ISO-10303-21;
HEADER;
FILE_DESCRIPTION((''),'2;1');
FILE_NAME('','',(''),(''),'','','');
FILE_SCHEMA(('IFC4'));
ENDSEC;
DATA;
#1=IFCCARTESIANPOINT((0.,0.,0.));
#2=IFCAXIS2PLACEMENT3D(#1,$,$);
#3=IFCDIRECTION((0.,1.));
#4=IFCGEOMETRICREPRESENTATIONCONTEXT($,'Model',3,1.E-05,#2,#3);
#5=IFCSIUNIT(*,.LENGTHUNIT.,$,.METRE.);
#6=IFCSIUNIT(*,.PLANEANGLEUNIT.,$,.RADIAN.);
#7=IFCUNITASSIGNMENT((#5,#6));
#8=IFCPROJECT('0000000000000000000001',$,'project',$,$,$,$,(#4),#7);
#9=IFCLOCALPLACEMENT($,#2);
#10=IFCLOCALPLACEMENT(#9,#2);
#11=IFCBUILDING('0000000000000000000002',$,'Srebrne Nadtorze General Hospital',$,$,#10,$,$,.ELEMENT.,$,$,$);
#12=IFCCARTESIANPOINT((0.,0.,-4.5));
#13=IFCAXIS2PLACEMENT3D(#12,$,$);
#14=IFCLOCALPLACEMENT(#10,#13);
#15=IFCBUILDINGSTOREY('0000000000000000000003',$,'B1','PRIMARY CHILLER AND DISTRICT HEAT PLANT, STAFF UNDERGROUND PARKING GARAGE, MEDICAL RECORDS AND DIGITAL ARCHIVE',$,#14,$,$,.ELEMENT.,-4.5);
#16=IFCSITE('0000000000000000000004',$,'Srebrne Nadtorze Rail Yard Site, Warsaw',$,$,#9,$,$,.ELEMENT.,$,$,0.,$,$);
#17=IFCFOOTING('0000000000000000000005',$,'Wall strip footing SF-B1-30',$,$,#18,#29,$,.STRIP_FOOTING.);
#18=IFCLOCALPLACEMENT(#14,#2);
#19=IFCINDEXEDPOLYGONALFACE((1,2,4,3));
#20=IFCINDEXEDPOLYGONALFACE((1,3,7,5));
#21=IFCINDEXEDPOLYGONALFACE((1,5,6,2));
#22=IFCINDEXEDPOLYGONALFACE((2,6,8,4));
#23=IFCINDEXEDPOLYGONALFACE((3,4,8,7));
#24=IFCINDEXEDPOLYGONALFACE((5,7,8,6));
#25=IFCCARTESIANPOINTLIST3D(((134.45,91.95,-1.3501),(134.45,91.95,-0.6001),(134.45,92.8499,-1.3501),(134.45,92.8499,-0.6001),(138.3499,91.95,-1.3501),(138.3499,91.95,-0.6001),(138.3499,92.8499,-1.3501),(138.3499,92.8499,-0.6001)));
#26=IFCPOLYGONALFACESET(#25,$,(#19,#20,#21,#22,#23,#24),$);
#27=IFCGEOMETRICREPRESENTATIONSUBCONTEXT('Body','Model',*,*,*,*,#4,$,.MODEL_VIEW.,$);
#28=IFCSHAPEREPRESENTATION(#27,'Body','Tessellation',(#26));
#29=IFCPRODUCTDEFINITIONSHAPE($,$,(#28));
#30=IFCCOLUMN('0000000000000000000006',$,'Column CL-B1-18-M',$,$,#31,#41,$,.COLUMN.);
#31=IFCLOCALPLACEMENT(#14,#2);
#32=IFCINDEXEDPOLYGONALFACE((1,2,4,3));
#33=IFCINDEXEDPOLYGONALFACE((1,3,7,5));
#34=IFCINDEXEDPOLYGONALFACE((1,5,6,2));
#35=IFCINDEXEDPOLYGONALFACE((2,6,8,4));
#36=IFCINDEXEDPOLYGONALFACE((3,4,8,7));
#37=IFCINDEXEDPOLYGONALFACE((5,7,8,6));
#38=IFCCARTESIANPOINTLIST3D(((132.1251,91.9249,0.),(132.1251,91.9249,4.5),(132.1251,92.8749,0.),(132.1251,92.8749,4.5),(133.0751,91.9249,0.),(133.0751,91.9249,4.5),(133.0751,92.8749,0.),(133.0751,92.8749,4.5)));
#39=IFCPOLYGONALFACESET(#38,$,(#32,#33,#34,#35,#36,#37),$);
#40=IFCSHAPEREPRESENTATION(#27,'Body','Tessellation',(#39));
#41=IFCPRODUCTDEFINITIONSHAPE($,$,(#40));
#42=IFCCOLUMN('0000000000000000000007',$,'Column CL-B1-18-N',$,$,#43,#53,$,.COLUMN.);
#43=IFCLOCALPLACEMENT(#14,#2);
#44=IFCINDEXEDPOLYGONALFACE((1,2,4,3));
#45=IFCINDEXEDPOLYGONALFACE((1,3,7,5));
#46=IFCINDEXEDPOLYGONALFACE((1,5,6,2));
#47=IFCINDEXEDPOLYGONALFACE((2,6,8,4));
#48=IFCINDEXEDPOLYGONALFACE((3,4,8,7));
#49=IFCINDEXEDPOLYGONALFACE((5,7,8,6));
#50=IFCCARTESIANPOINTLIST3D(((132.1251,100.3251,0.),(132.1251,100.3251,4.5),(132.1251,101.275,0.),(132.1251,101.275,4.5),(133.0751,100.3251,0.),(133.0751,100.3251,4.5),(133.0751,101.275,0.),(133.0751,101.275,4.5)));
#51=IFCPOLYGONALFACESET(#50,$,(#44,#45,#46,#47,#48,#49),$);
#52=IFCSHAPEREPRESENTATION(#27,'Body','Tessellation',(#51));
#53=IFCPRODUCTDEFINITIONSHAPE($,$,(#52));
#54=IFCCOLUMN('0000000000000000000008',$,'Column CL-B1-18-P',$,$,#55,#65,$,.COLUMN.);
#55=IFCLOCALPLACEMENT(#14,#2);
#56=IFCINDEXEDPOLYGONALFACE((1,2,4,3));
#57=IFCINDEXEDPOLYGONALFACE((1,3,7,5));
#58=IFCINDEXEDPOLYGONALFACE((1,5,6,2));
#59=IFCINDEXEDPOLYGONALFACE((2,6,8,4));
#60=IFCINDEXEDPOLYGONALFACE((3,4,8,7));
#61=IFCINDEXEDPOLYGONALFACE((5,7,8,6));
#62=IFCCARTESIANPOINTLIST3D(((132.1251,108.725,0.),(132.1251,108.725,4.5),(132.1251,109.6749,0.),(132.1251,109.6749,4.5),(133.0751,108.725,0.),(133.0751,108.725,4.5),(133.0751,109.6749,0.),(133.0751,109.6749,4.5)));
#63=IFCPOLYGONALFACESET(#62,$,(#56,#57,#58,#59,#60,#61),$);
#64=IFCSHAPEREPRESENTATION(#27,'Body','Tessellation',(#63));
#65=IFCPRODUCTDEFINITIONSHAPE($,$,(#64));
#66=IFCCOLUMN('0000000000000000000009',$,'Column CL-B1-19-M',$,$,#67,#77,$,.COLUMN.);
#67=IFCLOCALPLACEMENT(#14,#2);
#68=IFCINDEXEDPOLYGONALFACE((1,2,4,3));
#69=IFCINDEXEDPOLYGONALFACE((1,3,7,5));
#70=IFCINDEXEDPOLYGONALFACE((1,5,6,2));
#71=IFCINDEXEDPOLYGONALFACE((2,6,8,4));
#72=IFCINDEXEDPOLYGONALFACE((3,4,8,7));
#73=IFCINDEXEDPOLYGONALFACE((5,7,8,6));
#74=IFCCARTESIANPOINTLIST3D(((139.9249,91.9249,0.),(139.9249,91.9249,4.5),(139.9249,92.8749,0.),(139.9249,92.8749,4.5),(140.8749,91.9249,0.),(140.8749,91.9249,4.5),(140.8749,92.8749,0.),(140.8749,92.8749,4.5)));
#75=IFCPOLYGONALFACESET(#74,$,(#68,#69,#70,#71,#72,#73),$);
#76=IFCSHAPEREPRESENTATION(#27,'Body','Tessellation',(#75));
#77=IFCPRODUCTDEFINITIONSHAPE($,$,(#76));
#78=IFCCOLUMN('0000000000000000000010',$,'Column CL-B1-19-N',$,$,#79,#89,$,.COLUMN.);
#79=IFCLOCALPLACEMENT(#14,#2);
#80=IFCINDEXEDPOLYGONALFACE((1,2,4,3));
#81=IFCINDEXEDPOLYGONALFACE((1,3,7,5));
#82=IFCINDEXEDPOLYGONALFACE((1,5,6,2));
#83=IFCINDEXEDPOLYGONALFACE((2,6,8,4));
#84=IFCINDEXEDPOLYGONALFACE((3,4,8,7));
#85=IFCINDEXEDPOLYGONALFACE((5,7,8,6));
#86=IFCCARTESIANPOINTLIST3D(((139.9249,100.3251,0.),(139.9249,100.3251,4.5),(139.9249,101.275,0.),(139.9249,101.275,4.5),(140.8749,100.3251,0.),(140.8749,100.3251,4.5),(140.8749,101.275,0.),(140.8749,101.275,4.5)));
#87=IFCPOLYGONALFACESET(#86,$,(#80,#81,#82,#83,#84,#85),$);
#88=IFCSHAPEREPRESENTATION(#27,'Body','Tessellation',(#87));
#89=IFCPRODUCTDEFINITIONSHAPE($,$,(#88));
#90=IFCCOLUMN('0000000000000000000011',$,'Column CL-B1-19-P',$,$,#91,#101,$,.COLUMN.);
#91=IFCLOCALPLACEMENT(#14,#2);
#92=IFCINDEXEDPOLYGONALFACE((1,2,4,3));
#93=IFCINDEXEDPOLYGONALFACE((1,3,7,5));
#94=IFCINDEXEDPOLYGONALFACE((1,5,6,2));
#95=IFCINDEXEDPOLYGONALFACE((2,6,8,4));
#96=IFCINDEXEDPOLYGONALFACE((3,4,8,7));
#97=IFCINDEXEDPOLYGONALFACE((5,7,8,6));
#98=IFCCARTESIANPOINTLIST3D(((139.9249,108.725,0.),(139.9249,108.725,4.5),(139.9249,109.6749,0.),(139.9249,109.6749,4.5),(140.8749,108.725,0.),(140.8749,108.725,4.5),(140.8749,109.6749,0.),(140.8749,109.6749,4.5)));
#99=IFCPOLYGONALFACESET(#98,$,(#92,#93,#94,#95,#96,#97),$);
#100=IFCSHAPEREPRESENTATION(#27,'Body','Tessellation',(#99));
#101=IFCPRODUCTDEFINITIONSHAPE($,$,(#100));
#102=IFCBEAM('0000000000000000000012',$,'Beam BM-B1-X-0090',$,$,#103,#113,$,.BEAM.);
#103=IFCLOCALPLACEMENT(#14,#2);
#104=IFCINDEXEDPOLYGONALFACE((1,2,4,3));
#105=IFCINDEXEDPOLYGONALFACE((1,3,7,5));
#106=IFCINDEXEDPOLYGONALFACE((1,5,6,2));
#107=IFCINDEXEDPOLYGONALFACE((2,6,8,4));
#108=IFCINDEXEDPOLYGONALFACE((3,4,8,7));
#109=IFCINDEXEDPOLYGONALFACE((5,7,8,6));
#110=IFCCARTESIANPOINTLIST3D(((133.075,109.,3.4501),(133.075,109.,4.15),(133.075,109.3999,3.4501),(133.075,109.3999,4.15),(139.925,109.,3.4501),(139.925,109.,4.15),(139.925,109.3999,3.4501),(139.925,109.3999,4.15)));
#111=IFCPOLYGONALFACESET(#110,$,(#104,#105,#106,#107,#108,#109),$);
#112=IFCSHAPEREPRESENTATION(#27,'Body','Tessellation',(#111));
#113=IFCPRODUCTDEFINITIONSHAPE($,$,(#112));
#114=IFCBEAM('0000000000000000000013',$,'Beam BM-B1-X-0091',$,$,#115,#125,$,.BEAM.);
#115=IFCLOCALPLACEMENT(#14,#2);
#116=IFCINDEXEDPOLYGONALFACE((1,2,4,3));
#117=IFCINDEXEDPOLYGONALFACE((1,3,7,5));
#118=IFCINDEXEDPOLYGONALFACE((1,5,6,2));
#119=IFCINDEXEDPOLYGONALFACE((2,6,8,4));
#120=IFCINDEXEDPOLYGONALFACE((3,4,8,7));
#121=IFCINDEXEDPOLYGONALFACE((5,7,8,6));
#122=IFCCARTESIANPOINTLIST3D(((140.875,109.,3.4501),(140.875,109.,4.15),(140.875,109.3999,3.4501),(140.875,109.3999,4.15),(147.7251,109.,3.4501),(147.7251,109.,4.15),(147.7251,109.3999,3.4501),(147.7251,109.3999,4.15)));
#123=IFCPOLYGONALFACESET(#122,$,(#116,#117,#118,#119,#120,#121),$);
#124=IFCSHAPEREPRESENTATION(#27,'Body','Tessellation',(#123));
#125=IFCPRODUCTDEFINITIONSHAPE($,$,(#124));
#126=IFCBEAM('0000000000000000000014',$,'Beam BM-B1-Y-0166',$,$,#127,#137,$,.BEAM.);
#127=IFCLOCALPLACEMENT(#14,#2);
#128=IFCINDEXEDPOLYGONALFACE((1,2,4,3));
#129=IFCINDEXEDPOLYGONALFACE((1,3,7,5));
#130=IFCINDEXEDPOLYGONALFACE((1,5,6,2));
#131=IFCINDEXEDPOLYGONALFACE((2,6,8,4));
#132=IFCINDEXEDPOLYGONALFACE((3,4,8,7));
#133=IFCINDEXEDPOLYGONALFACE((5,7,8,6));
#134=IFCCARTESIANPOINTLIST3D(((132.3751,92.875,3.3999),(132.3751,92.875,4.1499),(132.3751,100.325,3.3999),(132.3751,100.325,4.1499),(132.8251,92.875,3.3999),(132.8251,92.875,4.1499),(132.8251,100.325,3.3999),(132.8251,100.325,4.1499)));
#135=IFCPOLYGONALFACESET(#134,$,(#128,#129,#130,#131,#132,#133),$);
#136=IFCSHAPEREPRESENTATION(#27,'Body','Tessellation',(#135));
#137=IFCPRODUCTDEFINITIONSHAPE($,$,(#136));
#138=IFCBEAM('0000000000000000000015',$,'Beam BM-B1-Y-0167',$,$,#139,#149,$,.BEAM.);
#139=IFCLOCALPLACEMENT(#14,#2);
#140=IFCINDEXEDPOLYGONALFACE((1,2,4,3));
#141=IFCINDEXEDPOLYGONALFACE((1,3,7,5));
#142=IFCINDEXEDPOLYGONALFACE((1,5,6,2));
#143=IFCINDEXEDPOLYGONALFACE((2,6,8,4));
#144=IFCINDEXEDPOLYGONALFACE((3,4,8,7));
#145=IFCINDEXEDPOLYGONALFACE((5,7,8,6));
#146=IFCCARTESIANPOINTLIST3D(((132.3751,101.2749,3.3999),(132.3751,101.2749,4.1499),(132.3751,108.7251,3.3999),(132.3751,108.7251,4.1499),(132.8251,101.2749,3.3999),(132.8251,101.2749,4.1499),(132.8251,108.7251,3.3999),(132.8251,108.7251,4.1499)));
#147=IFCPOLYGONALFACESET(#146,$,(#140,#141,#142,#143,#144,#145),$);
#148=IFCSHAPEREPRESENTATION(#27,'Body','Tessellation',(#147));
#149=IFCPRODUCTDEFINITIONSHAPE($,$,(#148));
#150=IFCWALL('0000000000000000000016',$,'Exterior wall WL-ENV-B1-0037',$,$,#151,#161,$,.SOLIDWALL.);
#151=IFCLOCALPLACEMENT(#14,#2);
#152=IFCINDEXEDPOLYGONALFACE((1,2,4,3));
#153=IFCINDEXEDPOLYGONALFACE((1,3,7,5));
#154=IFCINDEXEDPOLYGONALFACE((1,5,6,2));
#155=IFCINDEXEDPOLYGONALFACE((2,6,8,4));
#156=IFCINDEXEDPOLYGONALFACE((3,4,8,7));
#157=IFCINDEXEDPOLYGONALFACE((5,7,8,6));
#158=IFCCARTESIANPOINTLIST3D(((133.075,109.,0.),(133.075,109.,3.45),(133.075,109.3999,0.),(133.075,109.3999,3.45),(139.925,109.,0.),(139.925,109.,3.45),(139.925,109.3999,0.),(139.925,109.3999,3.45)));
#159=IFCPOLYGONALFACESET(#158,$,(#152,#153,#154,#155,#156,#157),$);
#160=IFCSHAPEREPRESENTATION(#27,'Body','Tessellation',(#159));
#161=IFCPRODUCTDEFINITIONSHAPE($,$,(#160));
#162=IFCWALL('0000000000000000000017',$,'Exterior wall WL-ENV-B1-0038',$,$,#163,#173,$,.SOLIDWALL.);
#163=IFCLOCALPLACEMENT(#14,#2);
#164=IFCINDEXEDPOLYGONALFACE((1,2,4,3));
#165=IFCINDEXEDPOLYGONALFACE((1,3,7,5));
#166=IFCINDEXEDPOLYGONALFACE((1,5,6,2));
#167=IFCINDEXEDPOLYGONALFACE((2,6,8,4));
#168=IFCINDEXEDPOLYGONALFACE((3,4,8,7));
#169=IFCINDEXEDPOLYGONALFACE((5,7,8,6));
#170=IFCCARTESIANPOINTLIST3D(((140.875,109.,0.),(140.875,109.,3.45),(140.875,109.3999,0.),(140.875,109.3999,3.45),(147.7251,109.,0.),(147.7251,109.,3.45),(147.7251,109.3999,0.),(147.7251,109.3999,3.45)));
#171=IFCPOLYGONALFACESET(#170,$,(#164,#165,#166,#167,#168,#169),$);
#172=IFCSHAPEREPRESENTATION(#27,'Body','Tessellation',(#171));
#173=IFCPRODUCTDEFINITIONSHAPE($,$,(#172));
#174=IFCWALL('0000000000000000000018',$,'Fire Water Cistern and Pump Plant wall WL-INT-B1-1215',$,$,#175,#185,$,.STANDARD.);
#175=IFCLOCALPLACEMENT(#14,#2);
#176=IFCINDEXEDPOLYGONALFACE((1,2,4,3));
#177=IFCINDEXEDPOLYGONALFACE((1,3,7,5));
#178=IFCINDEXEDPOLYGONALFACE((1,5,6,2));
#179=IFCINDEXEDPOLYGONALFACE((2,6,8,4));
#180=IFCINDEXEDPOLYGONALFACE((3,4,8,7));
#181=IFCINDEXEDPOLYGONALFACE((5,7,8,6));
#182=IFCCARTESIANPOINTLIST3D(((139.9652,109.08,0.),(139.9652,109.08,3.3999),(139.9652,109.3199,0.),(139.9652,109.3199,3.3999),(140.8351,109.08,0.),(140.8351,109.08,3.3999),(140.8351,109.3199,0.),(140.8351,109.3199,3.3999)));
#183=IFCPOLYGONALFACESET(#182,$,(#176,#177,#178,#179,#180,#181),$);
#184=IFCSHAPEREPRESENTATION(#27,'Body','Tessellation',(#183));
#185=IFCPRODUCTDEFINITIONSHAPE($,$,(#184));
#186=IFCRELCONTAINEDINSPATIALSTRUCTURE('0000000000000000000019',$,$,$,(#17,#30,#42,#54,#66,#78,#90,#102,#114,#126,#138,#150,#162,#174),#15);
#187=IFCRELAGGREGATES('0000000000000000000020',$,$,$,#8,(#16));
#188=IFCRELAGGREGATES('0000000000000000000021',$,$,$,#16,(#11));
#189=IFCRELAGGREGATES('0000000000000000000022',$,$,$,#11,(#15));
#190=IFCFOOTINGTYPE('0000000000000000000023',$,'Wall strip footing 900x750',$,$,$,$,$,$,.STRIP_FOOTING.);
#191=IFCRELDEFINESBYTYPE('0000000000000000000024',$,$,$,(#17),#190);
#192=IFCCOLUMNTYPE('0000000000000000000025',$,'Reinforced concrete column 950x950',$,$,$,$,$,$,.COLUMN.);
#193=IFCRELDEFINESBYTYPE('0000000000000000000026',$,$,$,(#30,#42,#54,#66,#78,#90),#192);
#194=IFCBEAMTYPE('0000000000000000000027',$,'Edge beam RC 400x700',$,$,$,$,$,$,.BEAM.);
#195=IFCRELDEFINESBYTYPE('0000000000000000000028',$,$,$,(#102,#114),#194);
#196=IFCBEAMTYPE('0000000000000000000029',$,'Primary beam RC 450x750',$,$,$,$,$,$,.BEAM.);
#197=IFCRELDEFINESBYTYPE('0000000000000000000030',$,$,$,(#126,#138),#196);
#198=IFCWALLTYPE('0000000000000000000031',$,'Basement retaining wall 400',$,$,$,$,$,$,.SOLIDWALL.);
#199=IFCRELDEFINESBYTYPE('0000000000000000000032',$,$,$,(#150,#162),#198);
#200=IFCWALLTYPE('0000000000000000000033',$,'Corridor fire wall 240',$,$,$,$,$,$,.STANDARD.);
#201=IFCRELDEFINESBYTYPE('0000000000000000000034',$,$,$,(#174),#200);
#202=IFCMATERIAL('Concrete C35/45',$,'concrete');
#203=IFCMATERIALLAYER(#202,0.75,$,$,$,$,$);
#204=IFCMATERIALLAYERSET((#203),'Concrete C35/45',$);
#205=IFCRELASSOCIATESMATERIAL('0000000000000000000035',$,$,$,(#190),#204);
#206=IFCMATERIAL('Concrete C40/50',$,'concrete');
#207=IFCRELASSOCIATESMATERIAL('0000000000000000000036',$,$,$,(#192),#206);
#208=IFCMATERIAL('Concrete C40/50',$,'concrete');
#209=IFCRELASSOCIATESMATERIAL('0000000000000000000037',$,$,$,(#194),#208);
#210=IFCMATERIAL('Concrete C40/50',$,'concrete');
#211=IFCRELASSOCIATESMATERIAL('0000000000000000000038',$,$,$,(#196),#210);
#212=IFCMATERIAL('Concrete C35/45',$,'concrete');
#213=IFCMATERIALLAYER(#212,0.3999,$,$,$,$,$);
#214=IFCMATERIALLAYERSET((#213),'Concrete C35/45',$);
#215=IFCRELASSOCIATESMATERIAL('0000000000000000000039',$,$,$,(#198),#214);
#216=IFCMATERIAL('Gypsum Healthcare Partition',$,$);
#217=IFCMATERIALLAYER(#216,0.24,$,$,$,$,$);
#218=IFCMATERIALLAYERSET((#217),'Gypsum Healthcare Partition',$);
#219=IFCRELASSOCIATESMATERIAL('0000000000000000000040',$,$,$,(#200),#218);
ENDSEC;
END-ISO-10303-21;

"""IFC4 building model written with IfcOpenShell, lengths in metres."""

from ifc_helpers import new_model, si_unit, direction, frame, frame_2d, origin, origin_2d, place, context, subcontext, project, spatial, rectangle, extrude, material, layer, layer_set, material_profile, profile_set, type_object, element, save


model = new_model("IFC4")

# Units and contexts
model_context = context("Model", 3, precision=1e-05, world=origin(), true_north=direction((0.0, 1.0)))
body_context = subcontext(model_context, "Body", "Model", "MODEL_VIEW")
ifc_project = project(units=[si_unit("LENGTHUNIT", "METRE"), si_unit("PLANEANGLEUNIT", "RADIAN")], contexts=[model_context])

# Site, building, storey
site_placement = place(None, origin())
site = spatial("IfcSite", under=ifc_project, at=site_placement, Name="Srebrne Nadtorze Rail Yard Site, Warsaw", CompositionType="ELEMENT", RefElevation=0.0)
building_placement = place(site_placement, origin())
building = spatial("IfcBuilding", under=site, at=building_placement, Name="Srebrne Nadtorze General Hospital", CompositionType="ELEMENT")
storey_placement = place(building_placement, frame((0.0, 0.0, -4.5)))
storey = spatial("IfcBuildingStorey", under=building, at=storey_placement, Name="B1", Description="PRIMARY CHILLER AND DISTRICT HEAT PLANT, STAFF UNDERGROUND PARKING GARAGE, MEDICAL RECORDS AND DIGITAL ARCHIVE", CompositionType="ELEMENT", Elevation=-4.5)

# Footing
ifc_material_1 = material(Name="Concrete C35/45", Category="concrete")
ifc_layer_1 = layer(ifc_material_1, 0.75)
ifc_layer_set_1 = layer_set([ifc_layer_1], Name="Concrete C35/45")
footing_type_1 = type_object("IfcFootingType", Name="Wall strip footing 900x750", PredefinedType="STRIP_FOOTING", material=ifc_layer_set_1)
footing_1_placement = place(storey_placement, frame((136.3999, 92.3999, -1.3501), z_axis=(0.0, 0.0, 1.0), x_axis=(1.0, 0.0, 0.0)))
element("IfcFooting", 1, at=footing_1_placement, inside=storey, type_object=footing_type_1, Name="Wall strip footing SF-B1-30", PredefinedType="STRIP_FOOTING", context=body_context, shape_type="SweptSolid", body=[
    extrude(rectangle(XDim=3.8999, YDim=0.8999, at=origin_2d()), origin(), (0.0, 0.0, 1.0), 0.75),
])

# Columns
ifc_material_2 = material(Name="Concrete C40/50", Category="concrete")
ifc_material_profile_1 = material_profile(ifc_material_2, rectangle(XDim=0.95, YDim=0.95, at=origin_2d()), Name="RC-COL-950x950")
ifc_profile_set_1 = profile_set([ifc_material_profile_1], Name="Concrete C40/50")
column_type = type_object("IfcColumnType", Name="Reinforced concrete column 950x950", PredefinedType="COLUMN", material=ifc_profile_set_1)
for number, where, z_axis, x_axis, name in (
    (2, (132.6001, 92.3999, 0.0), (0.0, 0.0, 1.0), (1.0, 0.0, 0.0), "Column CL-B1-18-M"),
    (3, (132.6001, 100.8, 0.0), (0.0, 0.0, 1.0), (1.0, 0.0, 0.0), "Column CL-B1-18-N"),
    (4, (132.6001, 109.2, 0.0), (0.0, 0.0, 1.0), (1.0, 0.0, 0.0), "Column CL-B1-18-P"),
    (5, (140.3999, 92.3999, 0.0), (0.0, 0.0, 1.0), (1.0, 0.0, 0.0), "Column CL-B1-19-M"),
    (6, (140.3999, 100.8, 0.0), (0.0, 0.0, 1.0), (1.0, 0.0, 0.0), "Column CL-B1-19-N"),
    (7, (140.3999, 109.2, 0.0), (0.0, 0.0, 1.0), (1.0, 0.0, 0.0), "Column CL-B1-19-P"),
):
    element("IfcColumn", number, at=place(storey_placement, frame(where, z_axis=z_axis, x_axis=x_axis)), inside=storey, type_object=column_type, Name=name, PredefinedType="COLUMN", context=body_context, shape_type="SweptSolid", body=[
        extrude(rectangle(XDim=0.95, YDim=0.95, at=origin_2d()), origin(), (0.0, 0.0, 1.0), 4.5),
    ])

# Beams
ifc_material_3 = material(Name="Concrete C40/50", Category="concrete")
ifc_material_profile_2 = material_profile(ifc_material_3, rectangle(XDim=0.3999, YDim=0.7, at=origin_2d()), Name="RC-BM-400x700")
ifc_profile_set_2 = profile_set([ifc_material_profile_2], Name="Concrete C40/50")
beam_type_1 = type_object("IfcBeamType", Name="Edge beam RC 400x700", PredefinedType="BEAM", material=ifc_profile_set_2)
for number, where, z_axis, x_axis, name in (
    (8, (133.075, 109.2, 3.8), (1.0, 0.0, 0.0), (0.0, 1.0, 0.0), "Beam BM-B1-X-0090"),
    (9, (140.875, 109.2, 3.8), (1.0, 0.0, 0.0), (0.0, 1.0, 0.0), "Beam BM-B1-X-0091"),
):
    element("IfcBeam", number, at=place(storey_placement, frame(where, z_axis=z_axis, x_axis=x_axis)), inside=storey, type_object=beam_type_1, Name=name, PredefinedType="BEAM", context=body_context, shape_type="SweptSolid", body=[
        extrude(rectangle(XDim=0.3999, YDim=0.7, at=origin_2d()), origin(), (0.0, 0.0, 1.0), 6.8501),
    ])
ifc_material_4 = material(Name="Concrete C40/50", Category="concrete")
ifc_material_profile_3 = material_profile(ifc_material_4, rectangle(XDim=0.45, YDim=0.75, at=origin_2d()), Name="RC-BM-450x750")
ifc_profile_set_3 = profile_set([ifc_material_profile_3], Name="Concrete C40/50")
beam_type_2 = type_object("IfcBeamType", Name="Primary beam RC 450x750", PredefinedType="BEAM", material=ifc_profile_set_3)
beam_1_placement = place(storey_placement, frame((132.6001, 92.875, 3.7749), z_axis=(0.0, 1.0, 0.0), x_axis=(-1.0, 0.0, 0.0)))
element("IfcBeam", 10, at=beam_1_placement, inside=storey, type_object=beam_type_2, Name="Beam BM-B1-Y-0166", PredefinedType="BEAM", context=body_context, shape_type="SweptSolid", body=[
    extrude(rectangle(XDim=0.45, YDim=0.75, at=origin_2d()), origin(), (0.0, 0.0, 1.0), 7.45),
])
beam_2_placement = place(storey_placement, frame((132.6001, 101.2749, 3.7749), z_axis=(0.0, 1.0, 0.0), x_axis=(-1.0, 0.0, 0.0)))
element("IfcBeam", 11, at=beam_2_placement, inside=storey, type_object=beam_type_2, Name="Beam BM-B1-Y-0167", PredefinedType="BEAM", context=body_context, shape_type="SweptSolid", body=[
    extrude(rectangle(XDim=0.45, YDim=0.75, at=origin_2d()), origin(), (0.0, 0.0, 1.0), 7.4502),
])

# Walls
ifc_material_5 = material(Name="Concrete C35/45", Category="concrete")
ifc_layer_2 = layer(ifc_material_5, 0.3999)
ifc_layer_set_2 = layer_set([ifc_layer_2], Name="Concrete C35/45")
wall_type_1 = type_object("IfcWallType", Name="Basement retaining wall 400", PredefinedType="SOLIDWALL", material=ifc_layer_set_2)
for number, where, z_axis, x_axis, name in (
    (12, (133.075, 109.2, 0.0), (0.0, 0.0, 1.0), (1.0, 0.0, 0.0), "Exterior wall WL-ENV-B1-0037"),
    (13, (140.875, 109.2, 0.0), (0.0, 0.0, 1.0), (1.0, 0.0, 0.0), "Exterior wall WL-ENV-B1-0038"),
):
    element("IfcWall", number, at=place(storey_placement, frame(where, z_axis=z_axis, x_axis=x_axis)), inside=storey, type_object=wall_type_1, Name=name, PredefinedType="SOLIDWALL", context=body_context, shape_type="SweptSolid", body=[
        extrude(rectangle(XDim=6.8501, YDim=0.3999, at=frame_2d((3.425, 0.0))), origin(), (0.0, 0.0, 1.0), 3.45),
    ])
ifc_material_6 = material(Name="Gypsum Healthcare Partition")
ifc_layer_3 = layer(ifc_material_6, 0.24)
ifc_layer_set_3 = layer_set([ifc_layer_3], Name="Gypsum Healthcare Partition")
wall_type_2 = type_object("IfcWallType", Name="Corridor fire wall 240", PredefinedType="STANDARD", material=ifc_layer_set_3)
for number, where, z_axis, x_axis, name in (
    (14, (139.9651, 109.2, 0.0), (0.0, 0.0, 1.0), (1.0, 0.0, 0.0), "Fire Water Cistern and Pump Plant wall WL-INT-B1-1215"),
):
    element("IfcWall", number, at=place(storey_placement, frame(where, z_axis=z_axis, x_axis=x_axis)), inside=storey, type_object=wall_type_2, Name=name, PredefinedType="STANDARD", context=body_context, shape_type="SweptSolid", body=[
        extrude(rectangle(XDim=0.8699, YDim=0.24, at=frame_2d((0.4351, 0.0))), origin(), (0.0, 0.0, 1.0), 3.3999),
    ])

save(model, "model.ifc")
